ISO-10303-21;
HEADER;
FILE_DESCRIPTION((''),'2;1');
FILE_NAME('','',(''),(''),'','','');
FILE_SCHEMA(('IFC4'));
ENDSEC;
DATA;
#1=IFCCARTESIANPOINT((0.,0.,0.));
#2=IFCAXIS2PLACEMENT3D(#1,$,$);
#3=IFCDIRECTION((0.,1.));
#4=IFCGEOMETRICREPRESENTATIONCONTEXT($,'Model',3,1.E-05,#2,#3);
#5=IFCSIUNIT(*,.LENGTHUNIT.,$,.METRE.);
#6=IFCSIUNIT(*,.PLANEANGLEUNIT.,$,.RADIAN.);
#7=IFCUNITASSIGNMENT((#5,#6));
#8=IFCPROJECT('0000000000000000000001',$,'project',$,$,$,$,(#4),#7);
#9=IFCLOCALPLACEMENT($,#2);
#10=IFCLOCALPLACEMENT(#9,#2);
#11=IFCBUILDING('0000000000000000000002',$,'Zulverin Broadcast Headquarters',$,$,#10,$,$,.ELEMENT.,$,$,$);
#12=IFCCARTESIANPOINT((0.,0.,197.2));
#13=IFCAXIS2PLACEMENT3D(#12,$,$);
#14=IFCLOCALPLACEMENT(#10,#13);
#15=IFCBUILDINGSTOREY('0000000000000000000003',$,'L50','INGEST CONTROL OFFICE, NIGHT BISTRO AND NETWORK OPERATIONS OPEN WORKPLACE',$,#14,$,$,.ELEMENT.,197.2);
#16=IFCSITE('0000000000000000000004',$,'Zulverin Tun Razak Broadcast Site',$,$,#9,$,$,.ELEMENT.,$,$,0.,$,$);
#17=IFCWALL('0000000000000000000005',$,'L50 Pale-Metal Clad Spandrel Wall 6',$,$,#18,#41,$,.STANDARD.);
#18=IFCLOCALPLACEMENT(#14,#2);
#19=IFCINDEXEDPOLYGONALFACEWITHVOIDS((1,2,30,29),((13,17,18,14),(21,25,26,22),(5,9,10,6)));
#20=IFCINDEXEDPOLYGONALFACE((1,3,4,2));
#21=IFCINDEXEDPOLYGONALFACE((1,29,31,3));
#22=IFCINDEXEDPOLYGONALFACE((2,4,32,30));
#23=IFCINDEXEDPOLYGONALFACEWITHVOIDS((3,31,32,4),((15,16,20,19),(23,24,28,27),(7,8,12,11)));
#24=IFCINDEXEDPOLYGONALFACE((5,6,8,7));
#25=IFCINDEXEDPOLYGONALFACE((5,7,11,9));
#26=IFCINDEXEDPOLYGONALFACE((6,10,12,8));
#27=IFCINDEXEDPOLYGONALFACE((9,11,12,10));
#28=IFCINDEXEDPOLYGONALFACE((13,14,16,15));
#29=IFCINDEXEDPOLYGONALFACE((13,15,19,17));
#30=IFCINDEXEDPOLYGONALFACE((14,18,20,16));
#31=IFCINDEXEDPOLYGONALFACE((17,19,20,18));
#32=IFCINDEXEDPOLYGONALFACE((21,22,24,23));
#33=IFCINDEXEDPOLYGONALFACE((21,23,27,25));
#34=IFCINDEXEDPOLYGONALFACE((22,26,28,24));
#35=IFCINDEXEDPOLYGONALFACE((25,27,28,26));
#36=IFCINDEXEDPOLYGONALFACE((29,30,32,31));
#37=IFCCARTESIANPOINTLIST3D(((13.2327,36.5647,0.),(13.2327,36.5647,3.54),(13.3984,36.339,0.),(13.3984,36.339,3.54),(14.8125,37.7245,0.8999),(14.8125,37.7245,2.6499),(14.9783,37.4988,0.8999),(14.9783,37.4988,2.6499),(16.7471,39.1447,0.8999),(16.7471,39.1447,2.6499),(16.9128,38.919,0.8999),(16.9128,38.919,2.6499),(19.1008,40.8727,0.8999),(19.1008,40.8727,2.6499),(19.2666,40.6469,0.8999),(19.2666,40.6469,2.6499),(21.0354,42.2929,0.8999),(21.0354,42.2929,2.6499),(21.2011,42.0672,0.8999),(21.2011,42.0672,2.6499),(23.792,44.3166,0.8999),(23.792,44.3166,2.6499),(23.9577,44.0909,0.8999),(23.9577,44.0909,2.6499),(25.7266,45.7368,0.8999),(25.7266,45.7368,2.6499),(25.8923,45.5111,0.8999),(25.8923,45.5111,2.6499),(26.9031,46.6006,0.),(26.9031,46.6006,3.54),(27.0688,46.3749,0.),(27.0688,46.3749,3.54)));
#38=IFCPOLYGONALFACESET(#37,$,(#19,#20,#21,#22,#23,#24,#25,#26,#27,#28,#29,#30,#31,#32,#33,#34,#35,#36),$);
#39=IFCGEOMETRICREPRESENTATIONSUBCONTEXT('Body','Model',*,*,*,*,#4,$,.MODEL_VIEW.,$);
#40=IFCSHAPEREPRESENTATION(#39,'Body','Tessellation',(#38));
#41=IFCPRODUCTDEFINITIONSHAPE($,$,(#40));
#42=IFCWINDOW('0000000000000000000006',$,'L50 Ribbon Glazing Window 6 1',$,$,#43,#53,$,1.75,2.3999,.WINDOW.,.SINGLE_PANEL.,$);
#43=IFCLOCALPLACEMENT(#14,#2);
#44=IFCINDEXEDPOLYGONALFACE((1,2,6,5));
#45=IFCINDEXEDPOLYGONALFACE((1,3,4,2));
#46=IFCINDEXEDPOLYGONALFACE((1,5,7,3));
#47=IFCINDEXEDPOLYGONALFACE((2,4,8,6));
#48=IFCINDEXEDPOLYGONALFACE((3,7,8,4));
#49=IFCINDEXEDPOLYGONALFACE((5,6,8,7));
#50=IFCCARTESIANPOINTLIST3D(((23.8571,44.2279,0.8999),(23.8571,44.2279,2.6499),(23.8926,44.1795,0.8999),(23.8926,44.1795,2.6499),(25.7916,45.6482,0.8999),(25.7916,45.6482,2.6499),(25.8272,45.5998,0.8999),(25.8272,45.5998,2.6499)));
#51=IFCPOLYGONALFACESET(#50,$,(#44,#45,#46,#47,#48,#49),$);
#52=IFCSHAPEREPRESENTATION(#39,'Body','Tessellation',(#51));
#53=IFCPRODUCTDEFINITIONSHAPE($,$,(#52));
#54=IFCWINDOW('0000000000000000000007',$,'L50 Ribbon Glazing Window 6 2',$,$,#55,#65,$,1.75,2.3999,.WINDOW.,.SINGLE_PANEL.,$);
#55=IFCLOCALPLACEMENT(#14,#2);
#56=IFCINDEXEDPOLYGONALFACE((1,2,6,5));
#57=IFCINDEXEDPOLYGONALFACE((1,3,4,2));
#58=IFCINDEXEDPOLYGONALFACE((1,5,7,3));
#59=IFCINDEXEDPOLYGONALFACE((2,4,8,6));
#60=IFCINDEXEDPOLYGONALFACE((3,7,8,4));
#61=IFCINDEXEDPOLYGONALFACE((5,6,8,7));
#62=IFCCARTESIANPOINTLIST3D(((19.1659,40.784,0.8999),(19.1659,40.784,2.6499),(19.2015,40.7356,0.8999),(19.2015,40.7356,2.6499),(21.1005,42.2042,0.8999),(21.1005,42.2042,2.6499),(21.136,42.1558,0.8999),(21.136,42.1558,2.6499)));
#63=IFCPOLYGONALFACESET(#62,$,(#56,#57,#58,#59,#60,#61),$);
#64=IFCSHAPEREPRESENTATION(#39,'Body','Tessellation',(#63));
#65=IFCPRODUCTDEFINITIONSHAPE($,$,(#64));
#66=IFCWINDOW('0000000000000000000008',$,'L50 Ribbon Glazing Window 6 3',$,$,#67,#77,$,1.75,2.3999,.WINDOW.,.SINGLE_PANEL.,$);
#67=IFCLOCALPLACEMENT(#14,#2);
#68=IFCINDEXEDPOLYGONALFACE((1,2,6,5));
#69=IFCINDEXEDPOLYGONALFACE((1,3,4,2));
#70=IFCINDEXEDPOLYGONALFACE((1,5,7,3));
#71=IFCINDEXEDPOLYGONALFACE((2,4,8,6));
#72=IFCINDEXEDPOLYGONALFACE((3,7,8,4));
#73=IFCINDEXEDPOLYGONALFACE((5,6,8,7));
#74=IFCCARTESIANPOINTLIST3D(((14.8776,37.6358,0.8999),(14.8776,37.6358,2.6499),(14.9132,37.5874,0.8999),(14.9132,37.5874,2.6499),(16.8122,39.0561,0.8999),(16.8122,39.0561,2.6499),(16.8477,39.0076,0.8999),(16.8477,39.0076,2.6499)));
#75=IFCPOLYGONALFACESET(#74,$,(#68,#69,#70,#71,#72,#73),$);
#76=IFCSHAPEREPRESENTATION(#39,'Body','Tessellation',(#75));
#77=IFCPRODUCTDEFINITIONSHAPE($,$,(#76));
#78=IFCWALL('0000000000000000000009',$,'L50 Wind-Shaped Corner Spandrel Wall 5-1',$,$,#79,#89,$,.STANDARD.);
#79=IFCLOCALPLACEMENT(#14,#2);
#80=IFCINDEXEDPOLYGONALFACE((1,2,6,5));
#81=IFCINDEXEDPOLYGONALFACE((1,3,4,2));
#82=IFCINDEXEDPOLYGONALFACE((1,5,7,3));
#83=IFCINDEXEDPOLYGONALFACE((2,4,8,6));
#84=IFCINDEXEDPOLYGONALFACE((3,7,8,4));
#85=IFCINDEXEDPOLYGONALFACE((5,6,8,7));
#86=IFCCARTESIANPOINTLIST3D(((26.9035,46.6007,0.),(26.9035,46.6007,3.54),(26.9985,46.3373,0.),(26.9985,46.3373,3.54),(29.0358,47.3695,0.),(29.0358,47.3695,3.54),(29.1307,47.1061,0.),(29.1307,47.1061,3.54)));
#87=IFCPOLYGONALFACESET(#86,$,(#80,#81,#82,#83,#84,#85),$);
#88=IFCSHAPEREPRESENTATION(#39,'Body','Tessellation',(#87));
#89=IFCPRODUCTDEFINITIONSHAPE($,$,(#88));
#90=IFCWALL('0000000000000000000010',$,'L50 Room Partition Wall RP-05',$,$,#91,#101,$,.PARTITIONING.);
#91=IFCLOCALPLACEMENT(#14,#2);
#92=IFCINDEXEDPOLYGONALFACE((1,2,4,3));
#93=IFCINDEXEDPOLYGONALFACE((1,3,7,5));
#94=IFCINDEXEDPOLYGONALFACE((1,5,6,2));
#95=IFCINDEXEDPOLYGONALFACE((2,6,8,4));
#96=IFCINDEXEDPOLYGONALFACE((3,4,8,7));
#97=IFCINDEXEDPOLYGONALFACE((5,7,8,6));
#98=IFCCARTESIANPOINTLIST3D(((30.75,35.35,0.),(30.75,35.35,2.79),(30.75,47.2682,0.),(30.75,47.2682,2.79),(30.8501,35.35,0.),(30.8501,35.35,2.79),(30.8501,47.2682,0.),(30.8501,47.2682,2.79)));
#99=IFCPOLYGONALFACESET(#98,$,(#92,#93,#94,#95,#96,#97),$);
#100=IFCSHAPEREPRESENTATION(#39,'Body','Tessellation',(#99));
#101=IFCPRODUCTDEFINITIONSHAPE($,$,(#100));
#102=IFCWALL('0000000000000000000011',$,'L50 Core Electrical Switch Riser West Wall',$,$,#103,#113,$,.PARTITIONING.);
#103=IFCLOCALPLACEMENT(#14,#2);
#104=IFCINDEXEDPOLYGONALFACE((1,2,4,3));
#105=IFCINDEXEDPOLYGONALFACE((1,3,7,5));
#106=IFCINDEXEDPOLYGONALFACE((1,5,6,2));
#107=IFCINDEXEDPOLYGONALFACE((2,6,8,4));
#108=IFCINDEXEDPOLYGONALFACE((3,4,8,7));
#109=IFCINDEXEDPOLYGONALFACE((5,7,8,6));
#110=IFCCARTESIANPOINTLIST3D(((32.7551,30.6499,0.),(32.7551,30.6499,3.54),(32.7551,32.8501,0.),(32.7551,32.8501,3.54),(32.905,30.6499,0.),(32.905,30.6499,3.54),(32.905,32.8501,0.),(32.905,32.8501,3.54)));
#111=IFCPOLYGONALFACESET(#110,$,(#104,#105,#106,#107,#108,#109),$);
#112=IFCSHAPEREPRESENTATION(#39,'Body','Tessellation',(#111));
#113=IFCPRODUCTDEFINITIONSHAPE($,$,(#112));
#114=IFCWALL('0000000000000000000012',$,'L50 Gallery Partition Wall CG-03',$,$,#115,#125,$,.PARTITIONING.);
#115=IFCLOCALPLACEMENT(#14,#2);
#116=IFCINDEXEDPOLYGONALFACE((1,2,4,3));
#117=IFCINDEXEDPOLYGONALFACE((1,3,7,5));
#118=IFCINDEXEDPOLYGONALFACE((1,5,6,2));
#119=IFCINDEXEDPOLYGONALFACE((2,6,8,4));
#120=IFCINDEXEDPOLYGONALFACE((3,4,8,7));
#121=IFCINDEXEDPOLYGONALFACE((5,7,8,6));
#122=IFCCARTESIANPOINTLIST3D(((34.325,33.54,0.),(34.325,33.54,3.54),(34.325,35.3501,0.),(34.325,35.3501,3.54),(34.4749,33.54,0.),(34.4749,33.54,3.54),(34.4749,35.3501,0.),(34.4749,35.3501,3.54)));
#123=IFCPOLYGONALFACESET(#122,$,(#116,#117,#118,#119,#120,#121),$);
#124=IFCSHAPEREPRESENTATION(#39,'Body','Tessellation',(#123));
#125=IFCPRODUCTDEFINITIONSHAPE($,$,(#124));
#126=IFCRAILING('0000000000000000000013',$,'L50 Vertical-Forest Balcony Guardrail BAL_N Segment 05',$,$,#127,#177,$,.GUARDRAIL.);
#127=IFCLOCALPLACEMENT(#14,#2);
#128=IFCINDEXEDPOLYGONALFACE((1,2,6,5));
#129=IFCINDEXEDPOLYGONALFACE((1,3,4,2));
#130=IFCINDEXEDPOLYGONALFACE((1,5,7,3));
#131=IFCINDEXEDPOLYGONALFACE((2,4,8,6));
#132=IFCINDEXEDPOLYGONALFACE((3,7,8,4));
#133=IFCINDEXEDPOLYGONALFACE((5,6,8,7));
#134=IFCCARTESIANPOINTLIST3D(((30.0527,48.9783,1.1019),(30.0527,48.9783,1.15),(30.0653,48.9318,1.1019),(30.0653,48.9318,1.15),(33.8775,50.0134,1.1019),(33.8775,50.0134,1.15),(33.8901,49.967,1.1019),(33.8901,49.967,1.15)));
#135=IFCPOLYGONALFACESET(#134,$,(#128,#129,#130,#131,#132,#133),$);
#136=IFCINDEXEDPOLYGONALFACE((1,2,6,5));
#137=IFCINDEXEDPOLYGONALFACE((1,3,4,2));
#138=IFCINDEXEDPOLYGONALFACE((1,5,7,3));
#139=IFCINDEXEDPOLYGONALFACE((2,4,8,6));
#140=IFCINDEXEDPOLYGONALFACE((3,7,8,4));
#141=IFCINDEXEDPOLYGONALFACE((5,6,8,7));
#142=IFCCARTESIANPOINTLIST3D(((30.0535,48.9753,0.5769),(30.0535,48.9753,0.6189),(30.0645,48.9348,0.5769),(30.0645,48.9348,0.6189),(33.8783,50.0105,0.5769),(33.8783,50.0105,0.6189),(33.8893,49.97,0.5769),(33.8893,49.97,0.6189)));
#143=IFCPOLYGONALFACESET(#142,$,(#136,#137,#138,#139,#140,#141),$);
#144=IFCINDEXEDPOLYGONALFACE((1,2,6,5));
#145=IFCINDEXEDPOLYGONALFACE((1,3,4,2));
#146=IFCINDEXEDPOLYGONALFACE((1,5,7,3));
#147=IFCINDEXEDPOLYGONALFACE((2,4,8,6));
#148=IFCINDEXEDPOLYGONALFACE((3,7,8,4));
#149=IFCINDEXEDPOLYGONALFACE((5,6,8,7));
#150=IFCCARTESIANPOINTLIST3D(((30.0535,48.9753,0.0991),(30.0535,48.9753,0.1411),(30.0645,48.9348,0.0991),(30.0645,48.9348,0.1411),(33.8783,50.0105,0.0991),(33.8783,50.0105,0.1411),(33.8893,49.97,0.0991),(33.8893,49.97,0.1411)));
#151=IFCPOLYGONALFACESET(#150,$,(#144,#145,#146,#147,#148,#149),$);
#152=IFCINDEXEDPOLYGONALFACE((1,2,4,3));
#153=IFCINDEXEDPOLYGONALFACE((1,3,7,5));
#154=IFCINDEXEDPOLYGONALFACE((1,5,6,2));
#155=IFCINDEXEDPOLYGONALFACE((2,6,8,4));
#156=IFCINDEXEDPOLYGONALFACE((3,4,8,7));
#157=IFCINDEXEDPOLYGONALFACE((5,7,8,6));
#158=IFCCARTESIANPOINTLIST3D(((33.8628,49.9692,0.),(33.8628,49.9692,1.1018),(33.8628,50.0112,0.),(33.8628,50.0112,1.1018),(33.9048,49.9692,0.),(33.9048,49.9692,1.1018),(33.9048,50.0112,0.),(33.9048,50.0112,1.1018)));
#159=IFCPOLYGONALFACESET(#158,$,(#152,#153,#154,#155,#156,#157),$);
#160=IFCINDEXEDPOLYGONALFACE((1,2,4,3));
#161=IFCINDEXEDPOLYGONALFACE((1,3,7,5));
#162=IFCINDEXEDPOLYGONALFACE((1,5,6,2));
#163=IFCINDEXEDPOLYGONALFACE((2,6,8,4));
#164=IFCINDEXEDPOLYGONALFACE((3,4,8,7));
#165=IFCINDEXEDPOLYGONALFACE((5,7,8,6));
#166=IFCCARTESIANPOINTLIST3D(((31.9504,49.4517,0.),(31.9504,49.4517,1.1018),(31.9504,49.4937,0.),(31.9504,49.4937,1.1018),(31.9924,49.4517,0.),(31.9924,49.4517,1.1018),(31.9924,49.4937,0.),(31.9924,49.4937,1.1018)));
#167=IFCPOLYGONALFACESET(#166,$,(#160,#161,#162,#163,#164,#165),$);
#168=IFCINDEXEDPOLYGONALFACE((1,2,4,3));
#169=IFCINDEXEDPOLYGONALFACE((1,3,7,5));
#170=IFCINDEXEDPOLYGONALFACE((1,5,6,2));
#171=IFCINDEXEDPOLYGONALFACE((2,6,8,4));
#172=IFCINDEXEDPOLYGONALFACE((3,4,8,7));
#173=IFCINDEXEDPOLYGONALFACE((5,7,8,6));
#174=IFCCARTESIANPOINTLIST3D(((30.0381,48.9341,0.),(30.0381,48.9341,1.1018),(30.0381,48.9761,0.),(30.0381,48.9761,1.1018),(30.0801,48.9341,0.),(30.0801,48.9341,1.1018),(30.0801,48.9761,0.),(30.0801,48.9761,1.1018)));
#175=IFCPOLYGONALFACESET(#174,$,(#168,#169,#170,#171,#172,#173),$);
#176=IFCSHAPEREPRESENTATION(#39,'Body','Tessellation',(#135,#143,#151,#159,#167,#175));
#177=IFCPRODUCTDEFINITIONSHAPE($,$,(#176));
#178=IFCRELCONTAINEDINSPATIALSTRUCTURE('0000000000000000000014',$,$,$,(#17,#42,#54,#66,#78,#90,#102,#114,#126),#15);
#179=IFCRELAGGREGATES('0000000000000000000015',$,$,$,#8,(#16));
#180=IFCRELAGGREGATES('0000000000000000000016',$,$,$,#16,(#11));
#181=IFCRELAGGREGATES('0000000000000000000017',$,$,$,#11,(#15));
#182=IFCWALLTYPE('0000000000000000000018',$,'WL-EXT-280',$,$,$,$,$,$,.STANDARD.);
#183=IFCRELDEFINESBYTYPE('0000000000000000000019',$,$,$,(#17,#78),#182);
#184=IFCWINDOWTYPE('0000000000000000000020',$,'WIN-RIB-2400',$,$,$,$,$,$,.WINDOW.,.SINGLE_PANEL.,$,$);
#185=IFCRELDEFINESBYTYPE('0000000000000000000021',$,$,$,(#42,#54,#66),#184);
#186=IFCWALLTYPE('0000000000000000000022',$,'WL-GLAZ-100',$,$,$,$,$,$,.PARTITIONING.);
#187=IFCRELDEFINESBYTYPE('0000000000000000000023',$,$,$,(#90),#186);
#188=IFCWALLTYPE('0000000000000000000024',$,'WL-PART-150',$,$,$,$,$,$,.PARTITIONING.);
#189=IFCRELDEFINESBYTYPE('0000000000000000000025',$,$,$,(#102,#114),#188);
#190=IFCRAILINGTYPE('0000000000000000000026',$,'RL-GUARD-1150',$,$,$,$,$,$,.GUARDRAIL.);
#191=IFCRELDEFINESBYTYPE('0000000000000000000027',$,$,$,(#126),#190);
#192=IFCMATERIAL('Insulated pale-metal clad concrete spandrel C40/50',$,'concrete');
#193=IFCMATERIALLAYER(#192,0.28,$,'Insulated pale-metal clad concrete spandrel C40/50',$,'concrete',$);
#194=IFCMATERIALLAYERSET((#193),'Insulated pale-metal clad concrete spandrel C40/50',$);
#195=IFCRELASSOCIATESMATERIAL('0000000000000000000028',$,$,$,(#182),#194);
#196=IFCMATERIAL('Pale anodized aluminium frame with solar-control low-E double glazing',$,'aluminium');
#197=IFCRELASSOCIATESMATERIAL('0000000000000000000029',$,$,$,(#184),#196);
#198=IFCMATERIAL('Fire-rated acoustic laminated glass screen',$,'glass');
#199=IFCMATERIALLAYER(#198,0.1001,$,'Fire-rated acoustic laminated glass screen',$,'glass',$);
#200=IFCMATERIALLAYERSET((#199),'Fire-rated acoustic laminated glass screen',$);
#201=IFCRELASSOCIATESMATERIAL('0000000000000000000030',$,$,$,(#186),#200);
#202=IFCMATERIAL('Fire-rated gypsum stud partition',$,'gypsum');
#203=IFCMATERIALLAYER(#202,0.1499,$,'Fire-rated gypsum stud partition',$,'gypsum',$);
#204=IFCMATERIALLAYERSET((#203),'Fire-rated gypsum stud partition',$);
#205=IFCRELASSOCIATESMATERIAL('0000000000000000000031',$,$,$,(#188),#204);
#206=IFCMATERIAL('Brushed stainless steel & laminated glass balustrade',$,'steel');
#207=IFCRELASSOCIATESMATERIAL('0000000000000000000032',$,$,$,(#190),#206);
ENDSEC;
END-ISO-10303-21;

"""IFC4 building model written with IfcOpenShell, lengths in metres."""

from ifc_helpers import new_model, si_unit, direction, frame, frame_2d, origin, origin_2d, place, context, subcontext, project, spatial, rectangle, extrude, material, layer, layer_set, type_object, element, fill, save


model = new_model("IFC4")

# Units and contexts
model_context = context("Model", 3, precision=1e-05, world=origin(), true_north=direction((0.0, 1.0)))
body_context = subcontext(model_context, "Body", "Model", "MODEL_VIEW")
ifc_project = project(units=[si_unit("LENGTHUNIT", "METRE"), si_unit("PLANEANGLEUNIT", "RADIAN")], contexts=[model_context])

# Site, building, storey
site_placement = place(None, origin())
site = spatial("IfcSite", under=ifc_project, at=site_placement, Name="Zulverin Tun Razak Broadcast Site", CompositionType="ELEMENT", RefElevation=0.0)
building_placement = place(site_placement, origin())
building = spatial("IfcBuilding", under=site, at=building_placement, Name="Zulverin Broadcast Headquarters", CompositionType="ELEMENT")
storey_placement = place(building_placement, frame((0.0, 0.0, 197.2)))
storey = spatial("IfcBuildingStorey", under=building, at=storey_placement, Name="L50", Description="INGEST CONTROL OFFICE, NIGHT BISTRO AND NETWORK OPERATIONS OPEN WORKPLACE", CompositionType="ELEMENT", Elevation=197.2)

# Wall, openings, windows
ifc_material_1 = material(Name="Insulated pale-metal clad concrete spandrel C40/50", Category="concrete")
ifc_layer_1 = layer(ifc_material_1, 0.28, Name="Insulated pale-metal clad concrete spandrel C40/50", Category="concrete")
ifc_layer_set_1 = layer_set([ifc_layer_1], Name="Insulated pale-metal clad concrete spandrel C40/50")
wall_type_1 = type_object("IfcWallType", Name="WL-EXT-280", PredefinedType="STANDARD", material=ifc_layer_set_1)
wall_1_placement = place(storey_placement, frame((26.9861, 46.4878, 0.0), z_axis=(0.0, 0.0, 1.0), x_axis=(-0.806098, -0.591782, 0.0)))
wall_1 = element("IfcWall", 1, at=wall_1_placement, inside=storey, type_object=wall_type_1, Name="L50 Pale-Metal Clad Spandrel Wall 6", PredefinedType="STANDARD", context=body_context, shape_type="SweptSolid", body=[
    extrude(rectangle(XDim=16.9587, YDim=0.28, at=frame_2d((8.4795, 0.0))), origin(), (0.0, 0.0, 1.0), 3.54),
])
opening_1_placement = place(wall_1_placement, frame((1.4597, 0.0, 0.8999)))
opening_1 = element("IfcOpeningElement", 2, at=opening_1_placement, cuts=wall_1, PredefinedType="OPENING", context=body_context, shape_type="SweptSolid", body=[
    extrude(rectangle(XDim=2.3999, YDim=1.75, at=frame_2d((1.2, 0.875))), frame((0.0, 0.1499, 0.0), z_axis=(0.0, -1.0, 0.0), x_axis=(1.0, 0.0, 0.0)), (0.0, 0.0, 1.0), 0.3),
])
opening_2_placement = place(wall_1_placement, frame((7.2793, 0.0, 0.8999)))
opening_2 = element("IfcOpeningElement", 3, at=opening_2_placement, cuts=wall_1, PredefinedType="OPENING", context=body_context, shape_type="SweptSolid", body=[
    extrude(rectangle(XDim=2.3999, YDim=1.75, at=frame_2d((1.2, 0.875))), frame((0.0, 0.1499, 0.0), z_axis=(0.0, -1.0, 0.0), x_axis=(1.0, 0.0, 0.0)), (0.0, 0.0, 1.0), 0.3),
])
opening_3_placement = place(wall_1_placement, frame((12.5991, 0.0, 0.8999)))
opening_3 = element("IfcOpeningElement", 4, at=opening_3_placement, cuts=wall_1, PredefinedType="OPENING", context=body_context, shape_type="SweptSolid", body=[
    extrude(rectangle(XDim=2.3999, YDim=1.75, at=frame_2d((1.2, 0.875))), frame((0.0, 0.1499, 0.0), z_axis=(0.0, -1.0, 0.0), x_axis=(1.0, 0.0, 0.0)), (0.0, 0.0, 1.0), 0.3),
])
ifc_material_2 = material(Name="Pale anodized aluminium frame with solar-control low-E double glazing", Category="aluminium")
window_type = type_object("IfcWindowType", Name="WIN-RIB-2400", PartitioningType="SINGLE_PANEL", PredefinedType="WINDOW", material=ifc_material_2)
window_1_placement = place(opening_1_placement, origin())
window_1 = element("IfcWindow", 5, at=window_1_placement, inside=storey, type_object=window_type, Name="L50 Ribbon Glazing Window 6 1", OverallHeight=1.75, OverallWidth=2.3999, PartitioningType="SINGLE_PANEL", PredefinedType="WINDOW", context=body_context, shape_type="SweptSolid", body=[
    extrude(rectangle(XDim=2.3999, YDim=1.75, at=frame_2d((1.2, 0.875))), frame((0.0, 0.03, 0.0), z_axis=(0.0, -1.0, 0.0), x_axis=(1.0, 0.0, 0.0)), (0.0, 0.0, 1.0), 0.0601),
])
fill(opening_1, window_1)
window_2_placement = place(opening_2_placement, origin())
window_2 = element("IfcWindow", 6, at=window_2_placement, inside=storey, type_object=window_type, Name="L50 Ribbon Glazing Window 6 2", OverallHeight=1.75, OverallWidth=2.3999, PartitioningType="SINGLE_PANEL", PredefinedType="WINDOW", context=body_context, shape_type="SweptSolid", body=[
    extrude(rectangle(XDim=2.3999, YDim=1.75, at=frame_2d((1.2, 0.875))), frame((0.0, 0.03, 0.0), z_axis=(0.0, -1.0, 0.0), x_axis=(1.0, 0.0, 0.0)), (0.0, 0.0, 1.0), 0.0601),
])
fill(opening_2, window_2)
window_3_placement = place(opening_3_placement, origin())
window_3 = element("IfcWindow", 7, at=window_3_placement, inside=storey, type_object=window_type, Name="L50 Ribbon Glazing Window 6 3", OverallHeight=1.75, OverallWidth=2.3999, PartitioningType="SINGLE_PANEL", PredefinedType="WINDOW", context=body_context, shape_type="SweptSolid", body=[
    extrude(rectangle(XDim=2.3999, YDim=1.75, at=frame_2d((1.2, 0.875))), frame((0.0, 0.03, 0.0), z_axis=(0.0, -1.0, 0.0), x_axis=(1.0, 0.0, 0.0)), (0.0, 0.0, 1.0), 0.0601),
])
fill(opening_3, window_3)

# Walls
wall_2_placement = place(storey_placement, frame((29.0833, 47.2378, 0.0), z_axis=(0.0, 0.0, 1.0), x_axis=(-0.940724, -0.339173, 0.0)))
element("IfcWall", 8, at=wall_2_placement, inside=storey, type_object=wall_type_1, Name="L50 Wind-Shaped Corner Spandrel Wall 5-1", PredefinedType="STANDARD", context=body_context, shape_type="SweptSolid", body=[
    extrude(rectangle(XDim=2.2666, YDim=0.28, at=frame_2d((1.1333, 0.0))), origin(), (0.0, 0.0, 1.0), 3.54),
])
ifc_material_3 = material(Name="Fire-rated acoustic laminated glass screen", Category="glass")
ifc_layer_2 = layer(ifc_material_3, 0.1001, Name="Fire-rated acoustic laminated glass screen", Category="glass")
ifc_layer_set_2 = layer_set([ifc_layer_2], Name="Fire-rated acoustic laminated glass screen")
wall_type_2 = type_object("IfcWallType", Name="WL-GLAZ-100", PredefinedType="PARTITIONING", material=ifc_layer_set_2)
wall_3_placement = place(storey_placement, frame((30.8, 35.3501, 0.0), z_axis=(0.0, 0.0, 1.0), x_axis=(0.0, 1.0, 0.0)))
element("IfcWall", 9, at=wall_3_placement, inside=storey, type_object=wall_type_2, Name="L50 Room Partition Wall RP-05", PredefinedType="PARTITIONING", context=body_context, shape_type="SweptSolid", body=[
    extrude(rectangle(XDim=11.9182, YDim=0.1001, at=frame_2d((5.959, 0.0))), origin(), (0.0, 0.0, 1.0), 2.79),
])
ifc_material_4 = material(Name="Fire-rated gypsum stud partition", Category="gypsum")
ifc_layer_3 = layer(ifc_material_4, 0.1499, Name="Fire-rated gypsum stud partition", Category="gypsum")
ifc_layer_set_3 = layer_set([ifc_layer_3], Name="Fire-rated gypsum stud partition")
wall_type_3 = type_object("IfcWallType", Name="WL-PART-150", PredefinedType="PARTITIONING", material=ifc_layer_set_3)
wall_4_placement = place(storey_placement, frame((32.8301, 30.6499, 0.0), z_axis=(0.0, 0.0, 1.0), x_axis=(0.0, 1.0, 0.0)))
element("IfcWall", 10, at=wall_4_placement, inside=storey, type_object=wall_type_3, Name="L50 Core Electrical Switch Riser West Wall", PredefinedType="PARTITIONING", context=body_context, shape_type="SweptSolid", body=[
    extrude(rectangle(XDim=2.2002, YDim=0.1499, at=frame_2d((1.1001, 0.0))), origin(), (0.0, 0.0, 1.0), 3.54),
])
wall_5_placement = place(storey_placement, frame((34.3999, 33.54, 0.0), z_axis=(0.0, 0.0, 1.0), x_axis=(0.0, 1.0, 0.0)))
element("IfcWall", 11, at=wall_5_placement, inside=storey, type_object=wall_type_3, Name="L50 Gallery Partition Wall CG-03", PredefinedType="PARTITIONING", context=body_context, shape_type="SweptSolid", body=[
    extrude(rectangle(XDim=1.8101, YDim=0.1499, at=frame_2d((0.905, 0.0))), origin(), (0.0, 0.0, 1.0), 3.54),
])

# Railing
ifc_material_5 = material(Name="Brushed stainless steel & laminated glass balustrade", Category="steel")
railing_type = type_object("IfcRailingType", Name="RL-GUARD-1150", PredefinedType="GUARDRAIL", material=ifc_material_5)
railing_1_placement = place(storey_placement, frame((33.8838, 49.9902, 0.0)))
element("IfcRailing", 12, at=railing_1_placement, inside=storey, type_object=railing_type, Name="L50 Vertical-Forest Balcony Guardrail BAL_N Segment 05", PredefinedType="GUARDRAIL", context=body_context, shape_type="SweptSolid", body=[
    extrude(rectangle(XDim=0.0481, YDim=0.0481, at=origin_2d()), frame((0.0, 0.0, 1.126), z_axis=(-0.965271, -0.26125, 0.0), x_axis=(0.26125, -0.965271, 0.0)), (0.0, 0.0, 1.0), 3.9624),
    extrude(rectangle(XDim=0.042, YDim=0.042, at=origin_2d()), frame((0.0, 0.0, 0.5979), z_axis=(-0.965271, -0.26125, 0.0), x_axis=(0.26125, -0.965271, 0.0)), (0.0, 0.0, 1.0), 3.9624),
    extrude(rectangle(XDim=0.042, YDim=0.042, at=origin_2d()), frame((0.0, 0.0, 0.1201), z_axis=(-0.965271, -0.26125, 0.0), x_axis=(0.26125, -0.965271, 0.0)), (0.0, 0.0, 1.0), 3.9624),
    extrude(rectangle(XDim=0.042, YDim=0.042, at=origin_2d()), origin(), (0.0, 0.0, 1.0), 1.1018),
    extrude(rectangle(XDim=0.042, YDim=0.042, at=origin_2d()), frame((-1.9124, -0.5176, 0.0)), (0.0, 0.0, 1.0), 1.1018),
    extrude(rectangle(XDim=0.042, YDim=0.042, at=origin_2d()), frame((-3.8247, -1.0352, 0.0)), (0.0, 0.0, 1.0), 1.1018),
])

save(model, "model.ifc")
